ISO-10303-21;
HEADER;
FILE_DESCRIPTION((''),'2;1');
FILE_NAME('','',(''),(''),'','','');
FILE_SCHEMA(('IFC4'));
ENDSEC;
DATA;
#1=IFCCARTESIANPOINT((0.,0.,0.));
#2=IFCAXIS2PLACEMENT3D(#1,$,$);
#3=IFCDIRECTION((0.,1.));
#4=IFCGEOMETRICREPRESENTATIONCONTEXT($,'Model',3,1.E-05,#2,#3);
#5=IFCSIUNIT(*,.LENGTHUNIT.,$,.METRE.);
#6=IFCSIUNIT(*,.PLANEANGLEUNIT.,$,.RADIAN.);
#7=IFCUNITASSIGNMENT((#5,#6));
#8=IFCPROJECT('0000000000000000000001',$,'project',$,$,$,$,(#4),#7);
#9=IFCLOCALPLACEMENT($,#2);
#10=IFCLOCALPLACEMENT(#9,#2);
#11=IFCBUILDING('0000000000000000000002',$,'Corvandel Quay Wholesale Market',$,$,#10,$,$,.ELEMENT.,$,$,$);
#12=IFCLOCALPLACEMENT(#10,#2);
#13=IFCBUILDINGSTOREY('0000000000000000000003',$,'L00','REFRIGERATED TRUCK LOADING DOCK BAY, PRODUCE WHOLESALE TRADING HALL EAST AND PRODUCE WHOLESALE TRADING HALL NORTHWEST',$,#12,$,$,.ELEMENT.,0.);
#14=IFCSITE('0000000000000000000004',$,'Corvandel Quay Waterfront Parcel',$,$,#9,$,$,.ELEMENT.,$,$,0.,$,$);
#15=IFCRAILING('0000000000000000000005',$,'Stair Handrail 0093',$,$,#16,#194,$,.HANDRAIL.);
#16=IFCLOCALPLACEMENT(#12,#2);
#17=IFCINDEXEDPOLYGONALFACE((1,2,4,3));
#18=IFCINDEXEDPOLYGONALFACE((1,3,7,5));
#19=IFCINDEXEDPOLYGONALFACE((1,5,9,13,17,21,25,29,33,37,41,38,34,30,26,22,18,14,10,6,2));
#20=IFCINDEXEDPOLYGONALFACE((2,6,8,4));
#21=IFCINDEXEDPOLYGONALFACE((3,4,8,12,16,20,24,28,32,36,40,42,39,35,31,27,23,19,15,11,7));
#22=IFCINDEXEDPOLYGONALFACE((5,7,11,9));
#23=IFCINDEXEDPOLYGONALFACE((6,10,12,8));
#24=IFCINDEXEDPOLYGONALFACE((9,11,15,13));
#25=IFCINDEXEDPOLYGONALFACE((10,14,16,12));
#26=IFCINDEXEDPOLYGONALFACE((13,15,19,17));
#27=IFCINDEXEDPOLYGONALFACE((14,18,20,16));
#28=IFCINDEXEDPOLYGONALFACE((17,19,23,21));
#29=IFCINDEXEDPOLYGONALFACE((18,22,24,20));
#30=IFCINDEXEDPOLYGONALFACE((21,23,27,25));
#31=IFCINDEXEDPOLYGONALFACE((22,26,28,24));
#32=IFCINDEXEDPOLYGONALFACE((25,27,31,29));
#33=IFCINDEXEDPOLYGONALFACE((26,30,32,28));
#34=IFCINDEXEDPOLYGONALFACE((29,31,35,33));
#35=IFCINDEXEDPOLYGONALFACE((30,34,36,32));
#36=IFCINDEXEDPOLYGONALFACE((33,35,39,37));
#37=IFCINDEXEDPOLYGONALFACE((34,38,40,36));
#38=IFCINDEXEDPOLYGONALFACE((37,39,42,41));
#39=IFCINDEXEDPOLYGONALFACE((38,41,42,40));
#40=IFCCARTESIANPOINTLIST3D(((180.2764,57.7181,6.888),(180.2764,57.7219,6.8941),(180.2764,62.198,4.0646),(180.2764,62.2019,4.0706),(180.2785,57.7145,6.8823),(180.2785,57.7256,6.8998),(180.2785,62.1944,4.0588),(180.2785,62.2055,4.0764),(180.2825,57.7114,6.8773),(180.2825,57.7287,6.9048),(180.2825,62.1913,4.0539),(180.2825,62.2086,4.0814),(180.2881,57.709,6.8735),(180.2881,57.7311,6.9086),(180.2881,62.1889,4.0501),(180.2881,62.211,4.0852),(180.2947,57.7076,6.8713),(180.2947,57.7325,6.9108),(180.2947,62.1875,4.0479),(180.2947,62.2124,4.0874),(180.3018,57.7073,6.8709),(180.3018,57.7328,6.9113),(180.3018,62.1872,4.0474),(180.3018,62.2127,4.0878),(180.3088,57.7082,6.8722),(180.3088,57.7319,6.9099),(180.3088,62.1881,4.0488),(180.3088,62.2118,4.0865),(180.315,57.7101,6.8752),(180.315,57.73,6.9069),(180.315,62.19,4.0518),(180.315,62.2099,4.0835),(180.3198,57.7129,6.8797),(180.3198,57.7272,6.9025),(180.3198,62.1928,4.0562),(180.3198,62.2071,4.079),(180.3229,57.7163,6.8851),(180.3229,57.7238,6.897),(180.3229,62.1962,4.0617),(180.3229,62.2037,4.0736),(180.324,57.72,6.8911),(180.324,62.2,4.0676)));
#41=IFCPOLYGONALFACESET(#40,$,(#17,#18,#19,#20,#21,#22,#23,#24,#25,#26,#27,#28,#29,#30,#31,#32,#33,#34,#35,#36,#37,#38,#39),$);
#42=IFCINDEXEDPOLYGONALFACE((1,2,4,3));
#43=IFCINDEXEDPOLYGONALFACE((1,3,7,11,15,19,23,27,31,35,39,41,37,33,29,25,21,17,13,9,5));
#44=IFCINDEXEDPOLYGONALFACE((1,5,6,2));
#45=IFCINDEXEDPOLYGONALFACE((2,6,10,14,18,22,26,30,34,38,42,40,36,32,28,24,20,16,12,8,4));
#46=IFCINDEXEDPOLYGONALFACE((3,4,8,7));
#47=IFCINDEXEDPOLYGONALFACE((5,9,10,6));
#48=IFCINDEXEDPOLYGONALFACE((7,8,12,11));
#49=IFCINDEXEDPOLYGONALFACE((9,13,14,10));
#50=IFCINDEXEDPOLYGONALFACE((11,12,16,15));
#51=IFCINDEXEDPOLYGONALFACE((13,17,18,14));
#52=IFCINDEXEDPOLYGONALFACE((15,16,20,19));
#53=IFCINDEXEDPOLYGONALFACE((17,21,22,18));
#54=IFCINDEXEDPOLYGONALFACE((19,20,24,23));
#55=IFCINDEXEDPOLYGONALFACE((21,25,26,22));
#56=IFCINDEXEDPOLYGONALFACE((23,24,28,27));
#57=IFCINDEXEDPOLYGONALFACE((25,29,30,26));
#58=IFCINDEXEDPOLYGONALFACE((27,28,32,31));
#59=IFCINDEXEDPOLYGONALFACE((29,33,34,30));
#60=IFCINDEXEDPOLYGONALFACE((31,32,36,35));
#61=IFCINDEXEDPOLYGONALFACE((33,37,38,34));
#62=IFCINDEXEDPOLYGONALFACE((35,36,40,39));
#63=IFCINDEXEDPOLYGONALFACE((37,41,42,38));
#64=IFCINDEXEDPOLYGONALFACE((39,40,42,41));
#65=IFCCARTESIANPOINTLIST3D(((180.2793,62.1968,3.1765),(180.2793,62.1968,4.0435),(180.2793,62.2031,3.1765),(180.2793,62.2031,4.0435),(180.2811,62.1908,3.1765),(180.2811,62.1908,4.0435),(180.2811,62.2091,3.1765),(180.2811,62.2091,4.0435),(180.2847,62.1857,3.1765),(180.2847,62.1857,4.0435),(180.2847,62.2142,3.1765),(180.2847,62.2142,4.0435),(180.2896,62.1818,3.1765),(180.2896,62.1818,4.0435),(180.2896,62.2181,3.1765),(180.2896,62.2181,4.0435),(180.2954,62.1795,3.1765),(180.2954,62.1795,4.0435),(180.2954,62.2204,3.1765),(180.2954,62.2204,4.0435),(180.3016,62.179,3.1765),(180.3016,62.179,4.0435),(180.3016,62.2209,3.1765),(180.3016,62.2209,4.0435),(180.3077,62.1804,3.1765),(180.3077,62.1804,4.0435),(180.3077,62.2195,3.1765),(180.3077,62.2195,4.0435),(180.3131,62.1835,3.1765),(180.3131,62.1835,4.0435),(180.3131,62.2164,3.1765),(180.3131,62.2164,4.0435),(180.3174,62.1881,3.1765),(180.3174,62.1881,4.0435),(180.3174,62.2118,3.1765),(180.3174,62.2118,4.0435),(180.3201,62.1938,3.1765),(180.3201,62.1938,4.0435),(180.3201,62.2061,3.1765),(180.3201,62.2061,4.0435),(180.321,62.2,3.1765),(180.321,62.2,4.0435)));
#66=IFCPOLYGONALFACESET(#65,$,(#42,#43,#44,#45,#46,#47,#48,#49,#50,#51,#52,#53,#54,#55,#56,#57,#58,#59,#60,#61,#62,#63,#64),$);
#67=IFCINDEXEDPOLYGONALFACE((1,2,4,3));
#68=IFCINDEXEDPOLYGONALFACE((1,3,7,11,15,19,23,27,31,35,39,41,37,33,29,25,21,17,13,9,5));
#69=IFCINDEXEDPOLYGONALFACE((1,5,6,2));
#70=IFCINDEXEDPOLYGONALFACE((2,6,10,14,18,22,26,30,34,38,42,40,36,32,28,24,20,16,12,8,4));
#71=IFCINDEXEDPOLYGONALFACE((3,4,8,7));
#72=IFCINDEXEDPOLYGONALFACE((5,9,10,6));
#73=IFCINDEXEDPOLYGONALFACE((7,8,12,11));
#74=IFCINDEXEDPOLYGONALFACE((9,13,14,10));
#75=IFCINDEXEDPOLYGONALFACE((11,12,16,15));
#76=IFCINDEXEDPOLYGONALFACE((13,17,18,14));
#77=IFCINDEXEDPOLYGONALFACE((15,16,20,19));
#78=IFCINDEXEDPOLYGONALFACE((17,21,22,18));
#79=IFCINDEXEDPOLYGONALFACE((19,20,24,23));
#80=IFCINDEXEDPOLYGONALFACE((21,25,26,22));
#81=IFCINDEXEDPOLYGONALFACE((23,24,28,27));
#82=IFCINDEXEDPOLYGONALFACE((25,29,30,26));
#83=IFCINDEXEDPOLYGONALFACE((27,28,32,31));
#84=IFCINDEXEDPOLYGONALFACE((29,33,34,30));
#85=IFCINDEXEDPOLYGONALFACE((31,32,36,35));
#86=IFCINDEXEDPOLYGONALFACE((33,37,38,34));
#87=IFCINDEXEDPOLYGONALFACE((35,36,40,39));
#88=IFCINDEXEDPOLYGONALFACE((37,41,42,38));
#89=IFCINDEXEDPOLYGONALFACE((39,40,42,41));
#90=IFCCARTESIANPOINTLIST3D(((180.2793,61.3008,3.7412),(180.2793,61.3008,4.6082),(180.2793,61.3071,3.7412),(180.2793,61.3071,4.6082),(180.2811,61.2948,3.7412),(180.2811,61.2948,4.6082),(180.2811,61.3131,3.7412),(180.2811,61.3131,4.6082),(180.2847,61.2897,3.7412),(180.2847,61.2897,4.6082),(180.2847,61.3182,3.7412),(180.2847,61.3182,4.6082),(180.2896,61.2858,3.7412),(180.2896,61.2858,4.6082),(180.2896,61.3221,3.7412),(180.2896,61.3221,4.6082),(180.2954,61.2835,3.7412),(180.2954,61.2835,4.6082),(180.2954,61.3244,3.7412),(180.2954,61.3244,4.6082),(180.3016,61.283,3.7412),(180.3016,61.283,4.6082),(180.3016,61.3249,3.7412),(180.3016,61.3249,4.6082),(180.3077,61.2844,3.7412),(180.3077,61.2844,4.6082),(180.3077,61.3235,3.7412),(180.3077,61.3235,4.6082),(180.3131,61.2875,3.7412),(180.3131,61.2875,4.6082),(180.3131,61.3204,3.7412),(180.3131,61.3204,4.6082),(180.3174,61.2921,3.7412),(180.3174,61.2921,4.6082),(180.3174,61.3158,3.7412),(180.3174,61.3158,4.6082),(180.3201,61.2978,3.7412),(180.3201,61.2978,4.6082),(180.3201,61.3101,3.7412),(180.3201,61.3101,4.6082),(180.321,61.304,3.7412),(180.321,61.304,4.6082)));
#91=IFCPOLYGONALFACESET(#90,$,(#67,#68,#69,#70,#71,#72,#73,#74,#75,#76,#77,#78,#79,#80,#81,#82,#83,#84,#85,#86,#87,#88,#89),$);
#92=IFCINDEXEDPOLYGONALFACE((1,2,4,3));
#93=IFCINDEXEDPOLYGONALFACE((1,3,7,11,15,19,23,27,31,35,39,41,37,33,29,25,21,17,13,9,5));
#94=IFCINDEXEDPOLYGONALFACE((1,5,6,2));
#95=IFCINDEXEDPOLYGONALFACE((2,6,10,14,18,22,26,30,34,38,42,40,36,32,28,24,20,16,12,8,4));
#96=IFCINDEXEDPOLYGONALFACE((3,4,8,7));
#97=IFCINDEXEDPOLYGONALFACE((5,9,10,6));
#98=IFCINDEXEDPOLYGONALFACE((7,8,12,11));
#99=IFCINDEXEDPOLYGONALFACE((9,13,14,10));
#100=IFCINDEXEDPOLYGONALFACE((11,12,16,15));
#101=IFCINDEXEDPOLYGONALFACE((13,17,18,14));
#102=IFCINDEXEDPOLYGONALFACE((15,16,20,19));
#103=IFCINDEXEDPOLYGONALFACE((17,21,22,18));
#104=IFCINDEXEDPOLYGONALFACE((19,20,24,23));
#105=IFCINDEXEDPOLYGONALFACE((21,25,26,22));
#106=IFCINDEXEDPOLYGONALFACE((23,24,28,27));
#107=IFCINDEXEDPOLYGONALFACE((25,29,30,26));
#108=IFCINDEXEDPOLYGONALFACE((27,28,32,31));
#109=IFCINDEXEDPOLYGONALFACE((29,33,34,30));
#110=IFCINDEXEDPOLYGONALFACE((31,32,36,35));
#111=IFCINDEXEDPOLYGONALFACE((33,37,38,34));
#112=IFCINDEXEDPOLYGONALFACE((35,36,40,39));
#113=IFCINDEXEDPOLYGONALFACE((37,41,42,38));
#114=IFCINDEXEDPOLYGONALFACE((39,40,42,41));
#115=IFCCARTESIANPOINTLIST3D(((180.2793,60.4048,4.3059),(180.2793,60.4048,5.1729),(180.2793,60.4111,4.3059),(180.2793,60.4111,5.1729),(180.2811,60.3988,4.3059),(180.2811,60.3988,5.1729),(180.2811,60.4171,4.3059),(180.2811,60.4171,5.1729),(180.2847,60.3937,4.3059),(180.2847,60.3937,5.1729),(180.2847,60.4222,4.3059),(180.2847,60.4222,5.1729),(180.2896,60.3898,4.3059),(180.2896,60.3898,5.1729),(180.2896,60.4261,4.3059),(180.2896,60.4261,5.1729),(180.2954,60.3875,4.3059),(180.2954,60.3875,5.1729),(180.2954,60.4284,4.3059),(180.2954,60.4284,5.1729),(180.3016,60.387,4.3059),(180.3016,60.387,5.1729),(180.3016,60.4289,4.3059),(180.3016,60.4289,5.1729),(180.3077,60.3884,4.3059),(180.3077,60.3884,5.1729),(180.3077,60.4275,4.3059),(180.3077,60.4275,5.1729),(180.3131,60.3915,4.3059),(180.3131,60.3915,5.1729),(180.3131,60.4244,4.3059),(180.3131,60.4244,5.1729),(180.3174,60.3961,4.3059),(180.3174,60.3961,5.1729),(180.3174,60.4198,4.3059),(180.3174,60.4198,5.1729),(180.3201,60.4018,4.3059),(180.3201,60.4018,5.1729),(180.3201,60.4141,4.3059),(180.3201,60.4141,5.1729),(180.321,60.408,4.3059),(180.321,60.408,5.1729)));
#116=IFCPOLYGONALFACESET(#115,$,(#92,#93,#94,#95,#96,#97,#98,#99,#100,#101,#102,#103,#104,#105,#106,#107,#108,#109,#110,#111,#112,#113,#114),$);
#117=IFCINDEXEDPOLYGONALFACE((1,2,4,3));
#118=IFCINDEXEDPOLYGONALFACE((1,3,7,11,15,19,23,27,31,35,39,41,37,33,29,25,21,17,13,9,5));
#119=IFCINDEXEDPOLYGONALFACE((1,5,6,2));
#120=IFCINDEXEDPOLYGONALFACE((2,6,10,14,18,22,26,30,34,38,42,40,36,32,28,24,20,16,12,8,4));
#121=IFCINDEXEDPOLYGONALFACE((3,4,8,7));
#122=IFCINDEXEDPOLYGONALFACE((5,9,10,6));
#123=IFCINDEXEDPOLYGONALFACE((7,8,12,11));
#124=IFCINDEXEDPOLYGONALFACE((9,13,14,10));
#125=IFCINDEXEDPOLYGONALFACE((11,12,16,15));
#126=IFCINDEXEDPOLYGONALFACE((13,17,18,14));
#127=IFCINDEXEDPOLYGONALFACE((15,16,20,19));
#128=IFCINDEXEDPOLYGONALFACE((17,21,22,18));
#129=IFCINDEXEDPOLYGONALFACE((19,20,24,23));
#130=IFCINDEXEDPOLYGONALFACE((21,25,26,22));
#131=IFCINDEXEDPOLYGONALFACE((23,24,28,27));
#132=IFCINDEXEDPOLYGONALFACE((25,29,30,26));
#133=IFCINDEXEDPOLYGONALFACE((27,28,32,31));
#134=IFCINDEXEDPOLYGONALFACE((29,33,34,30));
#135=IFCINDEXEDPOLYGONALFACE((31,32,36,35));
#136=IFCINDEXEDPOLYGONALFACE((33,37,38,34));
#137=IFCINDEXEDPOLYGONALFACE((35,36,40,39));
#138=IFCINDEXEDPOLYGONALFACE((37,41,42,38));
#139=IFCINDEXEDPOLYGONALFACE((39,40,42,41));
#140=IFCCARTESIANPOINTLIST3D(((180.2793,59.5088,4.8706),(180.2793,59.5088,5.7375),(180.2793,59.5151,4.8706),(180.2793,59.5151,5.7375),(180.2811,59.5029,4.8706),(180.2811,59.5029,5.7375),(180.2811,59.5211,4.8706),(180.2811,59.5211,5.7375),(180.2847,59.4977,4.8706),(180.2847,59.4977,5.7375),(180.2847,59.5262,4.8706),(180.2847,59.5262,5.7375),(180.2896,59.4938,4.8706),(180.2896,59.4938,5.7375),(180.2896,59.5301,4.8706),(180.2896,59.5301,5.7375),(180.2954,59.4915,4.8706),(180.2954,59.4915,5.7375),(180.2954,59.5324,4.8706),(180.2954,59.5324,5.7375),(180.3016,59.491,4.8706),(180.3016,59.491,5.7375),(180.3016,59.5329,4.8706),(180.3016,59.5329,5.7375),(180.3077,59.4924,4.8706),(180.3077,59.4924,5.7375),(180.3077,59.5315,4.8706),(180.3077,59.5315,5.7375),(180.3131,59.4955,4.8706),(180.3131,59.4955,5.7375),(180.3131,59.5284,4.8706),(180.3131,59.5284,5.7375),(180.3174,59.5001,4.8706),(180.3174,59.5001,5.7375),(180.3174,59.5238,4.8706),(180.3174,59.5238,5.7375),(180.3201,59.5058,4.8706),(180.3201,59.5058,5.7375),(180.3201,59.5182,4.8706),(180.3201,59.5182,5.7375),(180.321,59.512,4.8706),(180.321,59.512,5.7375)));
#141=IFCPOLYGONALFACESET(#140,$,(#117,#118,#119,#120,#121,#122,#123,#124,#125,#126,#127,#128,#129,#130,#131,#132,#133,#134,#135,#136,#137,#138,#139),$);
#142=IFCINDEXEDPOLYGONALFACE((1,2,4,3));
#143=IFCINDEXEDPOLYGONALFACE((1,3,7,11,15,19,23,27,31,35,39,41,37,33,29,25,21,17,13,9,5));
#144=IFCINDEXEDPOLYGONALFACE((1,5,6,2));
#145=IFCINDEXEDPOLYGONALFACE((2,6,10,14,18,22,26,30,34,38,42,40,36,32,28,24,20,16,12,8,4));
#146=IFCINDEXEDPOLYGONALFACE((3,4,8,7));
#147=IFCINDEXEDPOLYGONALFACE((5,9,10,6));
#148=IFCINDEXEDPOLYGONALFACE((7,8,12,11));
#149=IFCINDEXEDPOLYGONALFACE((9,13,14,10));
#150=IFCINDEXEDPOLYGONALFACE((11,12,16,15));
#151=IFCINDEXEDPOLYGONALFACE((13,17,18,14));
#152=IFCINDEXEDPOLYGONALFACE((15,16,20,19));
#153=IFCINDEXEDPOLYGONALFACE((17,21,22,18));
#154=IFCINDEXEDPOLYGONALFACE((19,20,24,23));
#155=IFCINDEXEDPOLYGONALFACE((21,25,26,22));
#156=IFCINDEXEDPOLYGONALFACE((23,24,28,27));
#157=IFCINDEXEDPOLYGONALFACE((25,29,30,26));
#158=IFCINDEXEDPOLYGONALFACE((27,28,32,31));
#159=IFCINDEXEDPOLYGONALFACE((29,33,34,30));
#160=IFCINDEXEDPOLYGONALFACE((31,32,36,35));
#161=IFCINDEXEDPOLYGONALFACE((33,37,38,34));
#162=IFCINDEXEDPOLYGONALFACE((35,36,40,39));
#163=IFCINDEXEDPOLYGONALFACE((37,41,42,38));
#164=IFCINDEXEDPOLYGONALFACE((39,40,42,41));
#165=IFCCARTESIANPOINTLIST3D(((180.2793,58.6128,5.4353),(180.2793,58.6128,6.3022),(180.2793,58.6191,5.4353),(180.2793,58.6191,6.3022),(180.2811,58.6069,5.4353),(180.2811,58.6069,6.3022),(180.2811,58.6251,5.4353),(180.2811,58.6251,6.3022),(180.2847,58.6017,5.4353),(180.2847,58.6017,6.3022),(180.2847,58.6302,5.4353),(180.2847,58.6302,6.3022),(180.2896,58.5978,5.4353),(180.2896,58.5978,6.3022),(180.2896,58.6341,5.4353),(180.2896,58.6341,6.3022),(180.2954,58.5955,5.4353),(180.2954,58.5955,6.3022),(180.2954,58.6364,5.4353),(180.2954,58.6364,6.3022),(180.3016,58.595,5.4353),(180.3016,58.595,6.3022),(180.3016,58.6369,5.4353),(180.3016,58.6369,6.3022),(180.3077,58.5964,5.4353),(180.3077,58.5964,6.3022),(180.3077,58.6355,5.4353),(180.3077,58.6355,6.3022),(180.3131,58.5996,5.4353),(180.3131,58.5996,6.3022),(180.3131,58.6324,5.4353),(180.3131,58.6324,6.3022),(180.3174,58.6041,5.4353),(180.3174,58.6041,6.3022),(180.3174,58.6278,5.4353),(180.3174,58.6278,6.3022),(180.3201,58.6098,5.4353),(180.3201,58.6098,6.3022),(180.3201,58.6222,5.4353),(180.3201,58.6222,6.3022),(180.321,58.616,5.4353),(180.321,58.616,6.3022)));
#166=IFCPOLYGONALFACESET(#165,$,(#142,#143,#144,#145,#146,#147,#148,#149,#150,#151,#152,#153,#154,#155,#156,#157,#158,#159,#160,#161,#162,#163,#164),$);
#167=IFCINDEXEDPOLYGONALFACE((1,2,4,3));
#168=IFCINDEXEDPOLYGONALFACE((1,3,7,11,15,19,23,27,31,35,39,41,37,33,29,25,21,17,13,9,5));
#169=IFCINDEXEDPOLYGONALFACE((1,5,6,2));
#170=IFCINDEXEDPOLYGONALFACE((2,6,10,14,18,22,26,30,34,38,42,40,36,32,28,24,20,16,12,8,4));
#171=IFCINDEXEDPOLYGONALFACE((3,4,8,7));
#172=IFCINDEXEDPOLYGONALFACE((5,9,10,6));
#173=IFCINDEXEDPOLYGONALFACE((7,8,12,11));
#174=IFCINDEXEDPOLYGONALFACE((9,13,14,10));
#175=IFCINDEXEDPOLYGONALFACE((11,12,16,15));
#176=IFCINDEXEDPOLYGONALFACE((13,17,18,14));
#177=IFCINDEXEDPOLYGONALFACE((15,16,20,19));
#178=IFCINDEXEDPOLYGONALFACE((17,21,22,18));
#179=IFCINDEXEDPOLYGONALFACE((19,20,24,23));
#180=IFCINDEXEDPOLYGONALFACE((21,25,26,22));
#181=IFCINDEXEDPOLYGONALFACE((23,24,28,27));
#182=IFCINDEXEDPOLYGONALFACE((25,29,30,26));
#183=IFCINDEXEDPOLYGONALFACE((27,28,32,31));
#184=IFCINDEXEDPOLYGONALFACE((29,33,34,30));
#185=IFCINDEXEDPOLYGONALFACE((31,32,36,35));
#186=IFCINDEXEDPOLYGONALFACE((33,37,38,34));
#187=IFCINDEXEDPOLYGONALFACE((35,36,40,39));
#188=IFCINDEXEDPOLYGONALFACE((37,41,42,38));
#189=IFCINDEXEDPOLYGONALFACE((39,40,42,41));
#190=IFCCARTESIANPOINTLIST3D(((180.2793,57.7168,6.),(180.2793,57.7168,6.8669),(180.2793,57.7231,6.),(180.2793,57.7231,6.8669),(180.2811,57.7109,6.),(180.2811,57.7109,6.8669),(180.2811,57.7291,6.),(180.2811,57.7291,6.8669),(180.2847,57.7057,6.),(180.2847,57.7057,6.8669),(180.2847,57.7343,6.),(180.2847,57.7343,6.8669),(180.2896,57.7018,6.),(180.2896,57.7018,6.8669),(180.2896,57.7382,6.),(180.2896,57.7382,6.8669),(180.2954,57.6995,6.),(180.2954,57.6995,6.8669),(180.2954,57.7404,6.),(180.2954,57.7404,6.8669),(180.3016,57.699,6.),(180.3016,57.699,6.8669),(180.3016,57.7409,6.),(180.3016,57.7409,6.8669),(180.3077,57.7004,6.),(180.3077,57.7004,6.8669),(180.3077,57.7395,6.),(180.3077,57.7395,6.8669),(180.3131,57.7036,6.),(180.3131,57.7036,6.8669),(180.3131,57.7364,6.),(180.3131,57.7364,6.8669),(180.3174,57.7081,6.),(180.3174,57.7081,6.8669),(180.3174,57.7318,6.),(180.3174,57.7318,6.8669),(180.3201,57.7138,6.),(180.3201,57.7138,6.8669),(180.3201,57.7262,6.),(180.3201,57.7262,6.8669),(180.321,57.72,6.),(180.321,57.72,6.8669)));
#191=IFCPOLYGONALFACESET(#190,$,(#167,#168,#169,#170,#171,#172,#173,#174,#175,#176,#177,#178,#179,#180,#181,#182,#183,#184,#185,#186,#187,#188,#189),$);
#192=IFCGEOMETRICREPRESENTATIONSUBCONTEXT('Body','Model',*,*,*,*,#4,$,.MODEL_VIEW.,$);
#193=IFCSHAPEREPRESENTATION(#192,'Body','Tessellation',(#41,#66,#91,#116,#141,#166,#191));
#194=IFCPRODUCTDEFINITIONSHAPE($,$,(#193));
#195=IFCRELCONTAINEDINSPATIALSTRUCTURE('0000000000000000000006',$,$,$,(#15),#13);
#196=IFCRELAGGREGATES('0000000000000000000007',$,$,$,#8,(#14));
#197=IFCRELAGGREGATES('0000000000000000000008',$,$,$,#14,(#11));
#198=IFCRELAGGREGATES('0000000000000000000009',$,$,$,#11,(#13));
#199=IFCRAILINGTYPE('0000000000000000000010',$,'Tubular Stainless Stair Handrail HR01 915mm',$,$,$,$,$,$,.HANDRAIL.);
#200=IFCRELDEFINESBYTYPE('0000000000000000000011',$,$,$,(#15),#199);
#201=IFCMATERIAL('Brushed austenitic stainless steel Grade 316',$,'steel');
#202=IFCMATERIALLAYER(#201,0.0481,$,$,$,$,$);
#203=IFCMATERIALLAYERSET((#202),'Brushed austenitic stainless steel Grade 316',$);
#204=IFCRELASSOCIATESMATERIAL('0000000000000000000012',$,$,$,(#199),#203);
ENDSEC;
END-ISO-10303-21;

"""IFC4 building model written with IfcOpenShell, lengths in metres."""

from ifc_helpers import new_model, si_unit, direction, frame, origin, origin_2d, place, context, subcontext, project, spatial, circle, extrude, material, layer, layer_set, type_object, element, save


model = new_model("IFC4")

# Units and contexts
model_context = context("Model", 3, precision=1e-05, world=origin(), true_north=direction((0.0, 1.0)))
body_context = subcontext(model_context, "Body", "Model", "MODEL_VIEW")
ifc_project = project(units=[si_unit("LENGTHUNIT", "METRE"), si_unit("PLANEANGLEUNIT", "RADIAN")], contexts=[model_context])

# Site, building, storey
site_placement = place(None, origin())
site = spatial("IfcSite", under=ifc_project, at=site_placement, Name="Corvandel Quay Waterfront Parcel", CompositionType="ELEMENT", RefElevation=0.0)
building_placement = place(site_placement, origin())
building = spatial("IfcBuilding", under=site, at=building_placement, Name="Corvandel Quay Wholesale Market", CompositionType="ELEMENT")
storey_placement = place(building_placement, origin())
storey = spatial("IfcBuildingStorey", under=building, at=storey_placement, Name="L00", Description="REFRIGERATED TRUCK LOADING DOCK BAY, PRODUCE WHOLESALE TRADING HALL EAST AND PRODUCE WHOLESALE TRADING HALL NORTHWEST", CompositionType="ELEMENT", Elevation=0.0)

# Railing
ifc_material_1 = material(Name="Brushed austenitic stainless steel Grade 316", Category="steel")
ifc_layer_1 = layer(ifc_material_1, 0.0481)
ifc_layer_set_1 = layer_set([ifc_layer_1], Name="Brushed austenitic stainless steel Grade 316")
railing_type_1 = type_object("IfcRailingType", Name="Tubular Stainless Stair Handrail HR01 915mm", PredefinedType="HANDRAIL", material=ifc_layer_set_1)
for number, where, name in (
    (1, (180.3, 62.2, 3.1765), "Stair Handrail 0093"),
):
    element("IfcRailing", number, at=place(storey_placement, frame(where)), inside=storey, type_object=railing_type_1, Name=name, PredefinedType="HANDRAIL", context=body_context, shape_type="SweptSolid", body=[
        extrude(circle(Radius=0.0239, at=origin_2d()), frame((0.0, 0.0, 0.8911), z_axis=(0.0, -0.845998, 0.533186), x_axis=(1.0, 0.0, 0.0)), (0.0, 0.0, 1.0), 5.2954),
        extrude(circle(Radius=0.021, at=origin_2d()), origin(), (0.0, 0.0, 1.0), 0.8669),
        extrude(circle(Radius=0.021, at=origin_2d()), frame((0.0, -0.896, 0.5647)), (0.0, 0.0, 1.0), 0.8669),
        extrude(circle(Radius=0.021, at=origin_2d()), frame((0.0, -1.792, 1.1294)), (0.0, 0.0, 1.0), 0.8669),
        extrude(circle(Radius=0.021, at=origin_2d()), frame((0.0, -2.688, 1.6941)), (0.0, 0.0, 1.0), 0.8669),
        extrude(circle(Radius=0.021, at=origin_2d()), frame((0.0, -3.584, 2.2588)), (0.0, 0.0, 1.0), 0.8669),
        extrude(circle(Radius=0.021, at=origin_2d()), frame((0.0, -4.48, 2.8235)), (0.0, 0.0, 1.0), 0.8669),
    ])

save(model, "model.ifc")
